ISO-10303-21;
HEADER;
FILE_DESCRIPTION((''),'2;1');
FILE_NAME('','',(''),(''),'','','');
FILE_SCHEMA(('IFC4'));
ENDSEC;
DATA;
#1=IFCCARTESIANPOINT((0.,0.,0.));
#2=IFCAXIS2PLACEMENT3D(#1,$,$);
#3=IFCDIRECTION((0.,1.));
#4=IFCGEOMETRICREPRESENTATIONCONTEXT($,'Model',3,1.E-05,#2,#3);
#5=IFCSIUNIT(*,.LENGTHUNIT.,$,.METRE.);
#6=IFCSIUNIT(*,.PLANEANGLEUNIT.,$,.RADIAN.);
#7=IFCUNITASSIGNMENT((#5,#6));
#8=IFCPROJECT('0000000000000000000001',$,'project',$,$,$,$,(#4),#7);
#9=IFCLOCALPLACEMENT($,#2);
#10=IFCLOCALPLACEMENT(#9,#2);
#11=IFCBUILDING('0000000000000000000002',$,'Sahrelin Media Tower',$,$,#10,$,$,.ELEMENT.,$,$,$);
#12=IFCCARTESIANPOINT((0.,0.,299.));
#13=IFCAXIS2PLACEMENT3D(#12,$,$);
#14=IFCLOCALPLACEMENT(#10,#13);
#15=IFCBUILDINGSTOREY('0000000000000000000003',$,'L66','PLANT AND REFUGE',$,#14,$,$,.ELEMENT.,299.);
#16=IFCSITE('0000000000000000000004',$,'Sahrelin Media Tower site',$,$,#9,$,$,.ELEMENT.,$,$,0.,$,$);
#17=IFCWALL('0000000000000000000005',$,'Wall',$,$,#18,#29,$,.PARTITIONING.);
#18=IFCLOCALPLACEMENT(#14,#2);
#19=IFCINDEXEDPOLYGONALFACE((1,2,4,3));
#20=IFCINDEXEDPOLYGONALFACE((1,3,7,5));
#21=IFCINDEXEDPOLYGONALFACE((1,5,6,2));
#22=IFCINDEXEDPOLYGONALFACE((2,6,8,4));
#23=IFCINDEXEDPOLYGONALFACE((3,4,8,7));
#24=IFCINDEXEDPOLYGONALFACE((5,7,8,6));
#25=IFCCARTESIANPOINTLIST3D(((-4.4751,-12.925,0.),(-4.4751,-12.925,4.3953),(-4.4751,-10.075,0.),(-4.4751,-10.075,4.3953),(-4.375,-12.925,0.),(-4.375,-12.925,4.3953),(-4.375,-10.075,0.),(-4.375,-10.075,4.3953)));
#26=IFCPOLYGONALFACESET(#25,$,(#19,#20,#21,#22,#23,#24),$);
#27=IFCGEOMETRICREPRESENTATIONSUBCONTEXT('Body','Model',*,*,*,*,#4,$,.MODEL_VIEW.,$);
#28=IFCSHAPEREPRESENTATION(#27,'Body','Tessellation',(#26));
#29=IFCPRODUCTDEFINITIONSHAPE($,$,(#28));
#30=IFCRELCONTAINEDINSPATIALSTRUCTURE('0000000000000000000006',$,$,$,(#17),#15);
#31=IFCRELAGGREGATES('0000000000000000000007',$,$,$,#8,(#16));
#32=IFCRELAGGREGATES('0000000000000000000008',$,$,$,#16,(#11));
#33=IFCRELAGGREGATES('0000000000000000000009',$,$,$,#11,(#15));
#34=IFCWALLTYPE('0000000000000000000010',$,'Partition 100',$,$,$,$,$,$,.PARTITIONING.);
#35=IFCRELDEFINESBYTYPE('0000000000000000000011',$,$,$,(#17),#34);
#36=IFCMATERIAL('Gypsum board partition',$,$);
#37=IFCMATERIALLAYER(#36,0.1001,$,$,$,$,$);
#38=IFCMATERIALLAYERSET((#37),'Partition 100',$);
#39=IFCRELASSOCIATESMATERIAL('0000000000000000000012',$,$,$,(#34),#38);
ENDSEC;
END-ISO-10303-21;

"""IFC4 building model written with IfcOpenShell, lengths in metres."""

from ifc_helpers import new_model, si_unit, direction, frame, frame_2d, origin, place, context, subcontext, project, spatial, rectangle, extrude, material, layer, layer_set, type_object, element, save


model = new_model("IFC4")

# Units and contexts
model_context = context("Model", 3, precision=1e-05, world=origin(), true_north=direction((0.0, 1.0)))
body_context = subcontext(model_context, "Body", "Model", "MODEL_VIEW")
ifc_project = project(units=[si_unit("LENGTHUNIT", "METRE"), si_unit("PLANEANGLEUNIT", "RADIAN")], contexts=[model_context])

# Site, building, storey
site_placement = place(None, origin())
site = spatial("IfcSite", under=ifc_project, at=site_placement, Name="Sahrelin Media Tower site", CompositionType="ELEMENT", RefElevation=0.0)
building_placement = place(site_placement, origin())
building = spatial("IfcBuilding", under=site, at=building_placement, Name="Sahrelin Media Tower", CompositionType="ELEMENT")
storey_placement = place(building_placement, frame((0.0, 0.0, 299.0)))
storey = spatial("IfcBuildingStorey", under=building, at=storey_placement, Name="L66", Description="PLANT AND REFUGE", CompositionType="ELEMENT", Elevation=299.0)

# Wall
ifc_material_1 = material(Name="Gypsum board partition")
ifc_layer_1 = layer(ifc_material_1, 0.1001)
ifc_layer_set_1 = layer_set([ifc_layer_1], Name="Partition 100")
wall_type_1 = type_object("IfcWallType", Name="Partition 100", PredefinedType="PARTITIONING", material=ifc_layer_set_1)
wall_1_placement = place(storey_placement, frame((-4.425, -12.925, 0.0), z_axis=(0.0, 0.0, 1.0), x_axis=(0.0, 1.0, 0.0)))
element("IfcWall", 1, at=wall_1_placement, inside=storey, type_object=wall_type_1, Name="Wall", PredefinedType="PARTITIONING", context=body_context, shape_type="SweptSolid", body=[
    extrude(rectangle(XDim=2.8501, YDim=0.1001, at=frame_2d((1.425, 0.0))), origin(), (0.0, 0.0, 1.0), 4.3953),
])

save(model, "model.ifc")
